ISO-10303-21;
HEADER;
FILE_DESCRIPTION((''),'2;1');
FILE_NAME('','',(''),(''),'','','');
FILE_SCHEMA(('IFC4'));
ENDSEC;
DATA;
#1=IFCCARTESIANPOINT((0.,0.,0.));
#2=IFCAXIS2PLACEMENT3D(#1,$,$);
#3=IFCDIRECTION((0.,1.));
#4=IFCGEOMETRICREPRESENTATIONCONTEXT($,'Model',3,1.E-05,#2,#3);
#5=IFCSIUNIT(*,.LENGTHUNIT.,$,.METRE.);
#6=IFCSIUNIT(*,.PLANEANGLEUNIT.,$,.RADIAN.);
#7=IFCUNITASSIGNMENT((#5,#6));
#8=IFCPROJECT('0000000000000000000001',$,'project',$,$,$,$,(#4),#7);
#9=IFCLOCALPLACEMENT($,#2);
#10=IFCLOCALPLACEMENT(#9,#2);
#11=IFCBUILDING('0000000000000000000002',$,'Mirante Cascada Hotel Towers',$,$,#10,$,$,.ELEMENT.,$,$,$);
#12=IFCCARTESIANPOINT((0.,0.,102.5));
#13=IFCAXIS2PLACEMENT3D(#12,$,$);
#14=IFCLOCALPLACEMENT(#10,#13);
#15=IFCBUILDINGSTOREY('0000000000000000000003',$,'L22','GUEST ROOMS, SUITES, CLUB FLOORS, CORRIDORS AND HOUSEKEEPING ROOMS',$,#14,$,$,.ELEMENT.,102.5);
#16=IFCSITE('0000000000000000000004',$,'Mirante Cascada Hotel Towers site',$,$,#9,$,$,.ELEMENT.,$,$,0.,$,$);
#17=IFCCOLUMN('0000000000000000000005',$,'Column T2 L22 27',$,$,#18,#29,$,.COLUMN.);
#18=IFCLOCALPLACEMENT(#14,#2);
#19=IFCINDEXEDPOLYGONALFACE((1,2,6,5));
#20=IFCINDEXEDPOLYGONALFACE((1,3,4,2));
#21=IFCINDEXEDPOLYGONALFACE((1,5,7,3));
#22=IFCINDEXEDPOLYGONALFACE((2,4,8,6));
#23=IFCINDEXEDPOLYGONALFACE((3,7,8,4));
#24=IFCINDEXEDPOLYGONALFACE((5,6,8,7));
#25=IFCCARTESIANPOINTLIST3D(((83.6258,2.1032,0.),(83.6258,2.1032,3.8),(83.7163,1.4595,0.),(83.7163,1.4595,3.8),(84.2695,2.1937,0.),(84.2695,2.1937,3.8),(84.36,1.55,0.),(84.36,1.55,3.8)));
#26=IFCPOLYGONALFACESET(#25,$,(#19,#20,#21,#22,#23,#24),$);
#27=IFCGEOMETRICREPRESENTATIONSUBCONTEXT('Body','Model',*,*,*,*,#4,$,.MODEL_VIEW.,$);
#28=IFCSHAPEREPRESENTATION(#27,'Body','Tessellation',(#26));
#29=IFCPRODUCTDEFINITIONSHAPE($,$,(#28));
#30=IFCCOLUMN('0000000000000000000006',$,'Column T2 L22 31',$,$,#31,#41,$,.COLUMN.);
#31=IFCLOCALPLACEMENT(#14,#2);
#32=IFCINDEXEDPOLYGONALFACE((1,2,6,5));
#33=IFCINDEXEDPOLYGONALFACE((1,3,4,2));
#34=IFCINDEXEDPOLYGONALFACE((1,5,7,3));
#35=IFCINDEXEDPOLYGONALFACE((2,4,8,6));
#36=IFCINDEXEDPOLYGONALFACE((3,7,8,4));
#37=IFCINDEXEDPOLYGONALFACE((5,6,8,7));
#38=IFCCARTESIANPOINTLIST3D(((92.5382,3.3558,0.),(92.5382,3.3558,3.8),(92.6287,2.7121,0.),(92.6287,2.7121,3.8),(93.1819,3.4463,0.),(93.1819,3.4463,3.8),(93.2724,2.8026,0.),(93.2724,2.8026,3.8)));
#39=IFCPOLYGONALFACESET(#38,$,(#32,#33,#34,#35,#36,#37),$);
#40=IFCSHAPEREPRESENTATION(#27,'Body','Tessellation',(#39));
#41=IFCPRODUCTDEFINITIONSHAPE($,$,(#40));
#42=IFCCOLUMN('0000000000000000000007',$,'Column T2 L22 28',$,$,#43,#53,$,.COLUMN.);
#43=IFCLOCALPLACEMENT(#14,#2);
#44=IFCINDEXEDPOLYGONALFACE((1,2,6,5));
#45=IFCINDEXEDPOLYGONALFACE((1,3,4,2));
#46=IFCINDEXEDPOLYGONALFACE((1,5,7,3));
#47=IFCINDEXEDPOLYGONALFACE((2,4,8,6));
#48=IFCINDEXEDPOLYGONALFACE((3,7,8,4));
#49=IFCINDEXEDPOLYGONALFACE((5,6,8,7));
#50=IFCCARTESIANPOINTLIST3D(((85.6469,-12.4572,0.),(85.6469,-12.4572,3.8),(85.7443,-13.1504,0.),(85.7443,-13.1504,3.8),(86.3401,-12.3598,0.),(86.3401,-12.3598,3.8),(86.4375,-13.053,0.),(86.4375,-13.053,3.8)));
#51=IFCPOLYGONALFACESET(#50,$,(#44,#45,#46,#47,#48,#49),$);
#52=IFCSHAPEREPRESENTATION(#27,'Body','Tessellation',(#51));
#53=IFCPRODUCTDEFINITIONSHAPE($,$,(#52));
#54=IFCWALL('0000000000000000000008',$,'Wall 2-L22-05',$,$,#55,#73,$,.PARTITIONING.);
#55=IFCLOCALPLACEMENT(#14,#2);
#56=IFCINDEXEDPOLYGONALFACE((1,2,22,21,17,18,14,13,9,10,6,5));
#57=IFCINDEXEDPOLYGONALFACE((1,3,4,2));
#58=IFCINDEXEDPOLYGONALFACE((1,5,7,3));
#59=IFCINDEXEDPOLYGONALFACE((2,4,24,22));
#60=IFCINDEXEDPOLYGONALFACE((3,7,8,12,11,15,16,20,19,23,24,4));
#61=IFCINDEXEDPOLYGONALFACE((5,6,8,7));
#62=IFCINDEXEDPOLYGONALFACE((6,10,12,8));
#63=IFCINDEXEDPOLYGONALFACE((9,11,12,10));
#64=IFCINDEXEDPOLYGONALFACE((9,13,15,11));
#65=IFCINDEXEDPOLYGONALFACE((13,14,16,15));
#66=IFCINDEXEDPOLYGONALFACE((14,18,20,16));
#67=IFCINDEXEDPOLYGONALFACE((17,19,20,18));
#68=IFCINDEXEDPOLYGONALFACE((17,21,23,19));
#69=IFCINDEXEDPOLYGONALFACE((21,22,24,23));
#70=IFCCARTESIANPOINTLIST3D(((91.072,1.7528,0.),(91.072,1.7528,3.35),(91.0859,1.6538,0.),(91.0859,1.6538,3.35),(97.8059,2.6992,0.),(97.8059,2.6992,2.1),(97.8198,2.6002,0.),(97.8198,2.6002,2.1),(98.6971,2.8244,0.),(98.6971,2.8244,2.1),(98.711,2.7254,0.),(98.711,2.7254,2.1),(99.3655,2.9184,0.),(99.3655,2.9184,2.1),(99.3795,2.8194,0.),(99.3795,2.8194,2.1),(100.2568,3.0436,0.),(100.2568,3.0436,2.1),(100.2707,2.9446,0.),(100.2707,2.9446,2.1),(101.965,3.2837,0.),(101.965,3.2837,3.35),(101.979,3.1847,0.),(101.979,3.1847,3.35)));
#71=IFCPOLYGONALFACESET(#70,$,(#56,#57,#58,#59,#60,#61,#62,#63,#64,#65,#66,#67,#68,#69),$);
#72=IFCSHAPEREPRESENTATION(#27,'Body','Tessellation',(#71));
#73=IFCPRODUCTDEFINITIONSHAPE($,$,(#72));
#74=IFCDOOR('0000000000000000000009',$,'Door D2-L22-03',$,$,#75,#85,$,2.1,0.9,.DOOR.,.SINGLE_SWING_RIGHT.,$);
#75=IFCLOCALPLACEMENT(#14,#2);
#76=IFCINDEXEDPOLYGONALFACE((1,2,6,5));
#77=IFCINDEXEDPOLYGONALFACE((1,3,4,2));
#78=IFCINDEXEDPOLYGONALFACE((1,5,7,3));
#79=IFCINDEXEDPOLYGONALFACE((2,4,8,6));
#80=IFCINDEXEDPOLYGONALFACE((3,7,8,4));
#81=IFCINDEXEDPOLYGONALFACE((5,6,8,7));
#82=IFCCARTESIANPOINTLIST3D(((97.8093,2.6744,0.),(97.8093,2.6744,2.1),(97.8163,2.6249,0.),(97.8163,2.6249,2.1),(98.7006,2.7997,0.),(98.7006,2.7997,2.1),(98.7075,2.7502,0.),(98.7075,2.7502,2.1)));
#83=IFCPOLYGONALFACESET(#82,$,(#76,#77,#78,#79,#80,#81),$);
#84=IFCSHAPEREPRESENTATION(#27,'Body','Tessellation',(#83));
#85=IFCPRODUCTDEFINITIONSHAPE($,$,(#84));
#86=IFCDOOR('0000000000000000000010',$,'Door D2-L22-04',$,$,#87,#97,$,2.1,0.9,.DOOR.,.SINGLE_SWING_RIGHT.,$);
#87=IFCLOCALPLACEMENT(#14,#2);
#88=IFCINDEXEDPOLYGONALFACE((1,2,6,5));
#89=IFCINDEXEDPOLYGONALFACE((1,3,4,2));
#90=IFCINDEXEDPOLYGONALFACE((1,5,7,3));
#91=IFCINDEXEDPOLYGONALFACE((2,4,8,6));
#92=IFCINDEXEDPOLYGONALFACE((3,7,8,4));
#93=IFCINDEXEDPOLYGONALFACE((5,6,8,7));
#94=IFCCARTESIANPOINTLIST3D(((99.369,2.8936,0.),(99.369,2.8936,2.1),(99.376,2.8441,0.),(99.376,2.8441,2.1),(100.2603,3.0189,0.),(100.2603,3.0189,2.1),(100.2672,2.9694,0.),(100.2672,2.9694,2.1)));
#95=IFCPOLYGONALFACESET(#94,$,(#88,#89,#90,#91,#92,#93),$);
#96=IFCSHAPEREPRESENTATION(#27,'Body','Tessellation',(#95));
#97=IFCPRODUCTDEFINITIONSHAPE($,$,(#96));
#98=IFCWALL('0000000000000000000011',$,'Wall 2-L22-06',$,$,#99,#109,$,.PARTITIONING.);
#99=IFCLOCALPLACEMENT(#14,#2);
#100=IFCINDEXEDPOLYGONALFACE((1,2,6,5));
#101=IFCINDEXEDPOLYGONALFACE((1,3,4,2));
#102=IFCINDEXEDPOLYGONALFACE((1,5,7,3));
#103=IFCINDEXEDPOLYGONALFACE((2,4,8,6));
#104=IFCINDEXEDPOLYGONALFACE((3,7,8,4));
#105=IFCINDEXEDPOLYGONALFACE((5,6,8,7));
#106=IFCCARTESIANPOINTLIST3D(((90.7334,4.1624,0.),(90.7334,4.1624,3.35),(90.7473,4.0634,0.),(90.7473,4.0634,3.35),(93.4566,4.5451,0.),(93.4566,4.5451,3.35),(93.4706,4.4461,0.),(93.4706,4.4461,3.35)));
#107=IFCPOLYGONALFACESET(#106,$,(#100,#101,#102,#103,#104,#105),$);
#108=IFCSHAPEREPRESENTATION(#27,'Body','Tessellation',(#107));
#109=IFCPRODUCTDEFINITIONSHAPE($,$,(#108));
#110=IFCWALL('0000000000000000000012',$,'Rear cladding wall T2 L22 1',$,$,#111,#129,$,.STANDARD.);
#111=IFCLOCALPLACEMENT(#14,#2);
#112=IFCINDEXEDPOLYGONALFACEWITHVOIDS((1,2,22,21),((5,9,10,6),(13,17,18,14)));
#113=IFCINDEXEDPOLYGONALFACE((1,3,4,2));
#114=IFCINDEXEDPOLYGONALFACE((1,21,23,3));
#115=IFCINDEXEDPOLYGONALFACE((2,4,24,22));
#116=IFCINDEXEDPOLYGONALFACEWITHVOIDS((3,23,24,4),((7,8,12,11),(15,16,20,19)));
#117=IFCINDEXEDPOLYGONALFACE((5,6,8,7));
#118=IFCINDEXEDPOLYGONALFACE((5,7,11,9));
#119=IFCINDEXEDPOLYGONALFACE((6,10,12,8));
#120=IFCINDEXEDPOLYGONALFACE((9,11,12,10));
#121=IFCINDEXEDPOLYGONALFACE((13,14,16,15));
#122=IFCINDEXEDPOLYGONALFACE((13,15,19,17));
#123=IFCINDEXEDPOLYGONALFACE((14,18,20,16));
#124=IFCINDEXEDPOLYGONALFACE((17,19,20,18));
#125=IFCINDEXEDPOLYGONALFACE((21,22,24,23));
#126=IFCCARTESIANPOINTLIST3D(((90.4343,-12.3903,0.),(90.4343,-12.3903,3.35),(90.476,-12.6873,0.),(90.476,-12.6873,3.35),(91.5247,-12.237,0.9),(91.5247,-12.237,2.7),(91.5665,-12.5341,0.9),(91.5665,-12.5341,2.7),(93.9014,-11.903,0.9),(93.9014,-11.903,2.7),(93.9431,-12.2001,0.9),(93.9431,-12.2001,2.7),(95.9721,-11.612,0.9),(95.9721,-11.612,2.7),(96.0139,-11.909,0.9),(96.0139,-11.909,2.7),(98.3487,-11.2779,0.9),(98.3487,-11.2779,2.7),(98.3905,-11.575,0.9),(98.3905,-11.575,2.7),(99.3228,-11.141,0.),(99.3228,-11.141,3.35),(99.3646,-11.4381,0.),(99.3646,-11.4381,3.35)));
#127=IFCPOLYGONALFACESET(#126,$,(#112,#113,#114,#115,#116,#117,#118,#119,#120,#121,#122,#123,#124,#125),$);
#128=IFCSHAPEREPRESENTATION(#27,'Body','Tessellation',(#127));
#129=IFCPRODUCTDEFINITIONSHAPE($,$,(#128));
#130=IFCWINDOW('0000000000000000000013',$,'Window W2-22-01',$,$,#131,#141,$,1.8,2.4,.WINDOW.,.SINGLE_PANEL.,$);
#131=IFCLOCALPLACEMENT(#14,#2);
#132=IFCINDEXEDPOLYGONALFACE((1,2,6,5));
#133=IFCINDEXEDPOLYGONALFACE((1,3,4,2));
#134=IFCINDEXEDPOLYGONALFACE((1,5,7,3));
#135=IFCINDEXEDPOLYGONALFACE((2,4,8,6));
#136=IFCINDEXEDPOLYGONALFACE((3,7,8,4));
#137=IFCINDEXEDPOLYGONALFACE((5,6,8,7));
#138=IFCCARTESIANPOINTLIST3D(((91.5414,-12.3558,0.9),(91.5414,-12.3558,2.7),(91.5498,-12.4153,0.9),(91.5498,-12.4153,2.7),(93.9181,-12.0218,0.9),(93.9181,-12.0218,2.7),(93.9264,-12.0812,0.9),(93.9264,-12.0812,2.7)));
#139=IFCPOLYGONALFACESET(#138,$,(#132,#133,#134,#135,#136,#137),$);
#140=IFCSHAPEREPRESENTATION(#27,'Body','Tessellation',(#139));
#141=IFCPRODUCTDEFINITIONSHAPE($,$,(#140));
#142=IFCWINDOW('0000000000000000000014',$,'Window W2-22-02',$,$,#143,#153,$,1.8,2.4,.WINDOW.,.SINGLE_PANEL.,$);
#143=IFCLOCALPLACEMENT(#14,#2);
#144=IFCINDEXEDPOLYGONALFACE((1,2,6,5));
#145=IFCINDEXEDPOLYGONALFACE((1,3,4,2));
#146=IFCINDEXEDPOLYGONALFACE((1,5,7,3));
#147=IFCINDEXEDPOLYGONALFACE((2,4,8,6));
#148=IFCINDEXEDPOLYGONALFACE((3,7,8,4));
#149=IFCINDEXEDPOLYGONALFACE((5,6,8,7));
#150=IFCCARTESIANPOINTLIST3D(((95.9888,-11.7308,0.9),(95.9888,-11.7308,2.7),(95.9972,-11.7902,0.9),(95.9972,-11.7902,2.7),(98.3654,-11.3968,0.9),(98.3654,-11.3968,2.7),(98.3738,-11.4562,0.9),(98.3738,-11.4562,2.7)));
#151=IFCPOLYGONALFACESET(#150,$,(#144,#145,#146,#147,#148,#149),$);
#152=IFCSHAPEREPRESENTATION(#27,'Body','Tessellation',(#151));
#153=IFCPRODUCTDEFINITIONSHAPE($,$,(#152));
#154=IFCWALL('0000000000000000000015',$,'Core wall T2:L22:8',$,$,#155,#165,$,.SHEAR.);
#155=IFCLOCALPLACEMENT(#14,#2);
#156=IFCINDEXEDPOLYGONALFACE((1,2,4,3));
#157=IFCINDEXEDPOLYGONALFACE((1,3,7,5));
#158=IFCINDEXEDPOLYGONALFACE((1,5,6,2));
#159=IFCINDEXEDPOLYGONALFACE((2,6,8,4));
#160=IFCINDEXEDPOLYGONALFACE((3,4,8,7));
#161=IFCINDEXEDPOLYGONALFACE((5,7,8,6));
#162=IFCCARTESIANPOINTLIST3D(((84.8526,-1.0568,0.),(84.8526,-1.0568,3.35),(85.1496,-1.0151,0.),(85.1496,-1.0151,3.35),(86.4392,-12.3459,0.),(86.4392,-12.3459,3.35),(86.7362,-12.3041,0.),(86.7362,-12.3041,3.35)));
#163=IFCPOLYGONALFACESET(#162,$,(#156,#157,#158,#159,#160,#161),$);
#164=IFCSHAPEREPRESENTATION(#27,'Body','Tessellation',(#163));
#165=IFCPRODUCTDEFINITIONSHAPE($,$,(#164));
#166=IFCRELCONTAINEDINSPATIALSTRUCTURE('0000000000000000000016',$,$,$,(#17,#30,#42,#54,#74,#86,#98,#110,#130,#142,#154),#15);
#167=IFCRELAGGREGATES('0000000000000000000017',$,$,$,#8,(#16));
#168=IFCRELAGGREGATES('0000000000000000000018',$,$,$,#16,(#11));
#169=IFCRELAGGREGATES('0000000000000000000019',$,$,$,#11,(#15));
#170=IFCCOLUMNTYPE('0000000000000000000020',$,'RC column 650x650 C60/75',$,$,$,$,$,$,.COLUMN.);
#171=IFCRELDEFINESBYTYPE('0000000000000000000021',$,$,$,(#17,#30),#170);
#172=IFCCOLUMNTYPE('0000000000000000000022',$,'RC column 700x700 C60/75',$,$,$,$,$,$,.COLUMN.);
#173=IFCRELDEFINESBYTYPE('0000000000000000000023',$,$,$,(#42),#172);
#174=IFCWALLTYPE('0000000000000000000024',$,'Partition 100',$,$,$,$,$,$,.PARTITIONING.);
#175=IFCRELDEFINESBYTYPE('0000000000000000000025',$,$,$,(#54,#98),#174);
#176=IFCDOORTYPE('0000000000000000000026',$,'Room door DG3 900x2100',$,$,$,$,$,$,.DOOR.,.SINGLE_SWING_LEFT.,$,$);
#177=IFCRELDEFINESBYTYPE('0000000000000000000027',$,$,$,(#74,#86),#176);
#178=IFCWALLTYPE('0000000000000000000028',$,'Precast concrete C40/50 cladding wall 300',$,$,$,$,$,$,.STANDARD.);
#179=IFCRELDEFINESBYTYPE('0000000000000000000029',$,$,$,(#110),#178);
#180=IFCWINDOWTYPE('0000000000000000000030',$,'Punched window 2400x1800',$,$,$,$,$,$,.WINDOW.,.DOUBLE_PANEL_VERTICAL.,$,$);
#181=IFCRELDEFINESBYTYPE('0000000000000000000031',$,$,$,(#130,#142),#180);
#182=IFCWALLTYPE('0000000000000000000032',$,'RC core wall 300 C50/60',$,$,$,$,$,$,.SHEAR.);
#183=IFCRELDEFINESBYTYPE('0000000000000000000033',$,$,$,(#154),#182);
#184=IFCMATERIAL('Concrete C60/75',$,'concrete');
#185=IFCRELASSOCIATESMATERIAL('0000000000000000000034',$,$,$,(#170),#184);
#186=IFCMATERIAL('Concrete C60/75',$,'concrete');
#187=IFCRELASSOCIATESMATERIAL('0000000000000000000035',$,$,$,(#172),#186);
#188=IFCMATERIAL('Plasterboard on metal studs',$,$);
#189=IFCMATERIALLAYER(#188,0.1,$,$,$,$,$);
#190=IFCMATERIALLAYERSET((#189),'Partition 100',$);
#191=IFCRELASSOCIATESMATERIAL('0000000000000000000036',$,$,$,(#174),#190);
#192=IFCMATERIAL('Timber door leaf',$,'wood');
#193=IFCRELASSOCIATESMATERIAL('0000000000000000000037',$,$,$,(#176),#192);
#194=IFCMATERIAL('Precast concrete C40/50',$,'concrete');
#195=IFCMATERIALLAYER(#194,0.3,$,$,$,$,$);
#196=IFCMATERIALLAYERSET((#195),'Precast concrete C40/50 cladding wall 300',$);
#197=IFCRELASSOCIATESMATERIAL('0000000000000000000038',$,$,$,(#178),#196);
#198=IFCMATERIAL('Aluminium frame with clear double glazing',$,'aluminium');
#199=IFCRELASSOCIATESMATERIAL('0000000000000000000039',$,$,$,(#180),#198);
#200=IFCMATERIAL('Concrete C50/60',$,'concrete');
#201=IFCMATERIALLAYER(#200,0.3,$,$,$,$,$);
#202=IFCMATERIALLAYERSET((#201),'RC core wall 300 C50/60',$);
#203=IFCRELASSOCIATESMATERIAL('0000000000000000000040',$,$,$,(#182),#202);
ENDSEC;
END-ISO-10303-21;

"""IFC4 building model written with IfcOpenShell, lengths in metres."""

from ifc_helpers import new_model, si_unit, direction, frame, frame_2d, origin, origin_2d, place, context, subcontext, project, spatial, rectangle, extrude, material, layer, layer_set, material_profile, profile_set, type_object, element, fill, save


model = new_model("IFC4")

# Units and contexts
model_context = context("Model", 3, precision=1e-05, world=origin(), true_north=direction((0.0, 1.0)))
body_context = subcontext(model_context, "Body", "Model", "MODEL_VIEW")
ifc_project = project(units=[si_unit("LENGTHUNIT", "METRE"), si_unit("PLANEANGLEUNIT", "RADIAN")], contexts=[model_context])

# Site, building, storey
site_placement = place(None, origin())
site = spatial("IfcSite", under=ifc_project, at=site_placement, Name="Mirante Cascada Hotel Towers site", CompositionType="ELEMENT", RefElevation=0.0)
building_placement = place(site_placement, origin())
building = spatial("IfcBuilding", under=site, at=building_placement, Name="Mirante Cascada Hotel Towers", CompositionType="ELEMENT")
storey_placement = place(building_placement, frame((0.0, 0.0, 102.5)))
storey = spatial("IfcBuildingStorey", under=building, at=storey_placement, Name="L22", Description="GUEST ROOMS, SUITES, CLUB FLOORS, CORRIDORS AND HOUSEKEEPING ROOMS", CompositionType="ELEMENT", Elevation=102.5)

# Columns
ifc_material_1 = material(Name="Concrete C60/75", Category="concrete")
ifc_material_profile_1 = material_profile(ifc_material_1, rectangle(XDim=0.65, YDim=0.65, at=origin_2d()), Name="RC column 650x650 C60/75")
ifc_profile_set_1 = profile_set([ifc_material_profile_1], Name="Concrete C60/75")
column_type_1 = type_object("IfcColumnType", Name="RC column 650x650 C60/75", PredefinedType="COLUMN", material=ifc_profile_set_1)
for number, where, z_axis, x_axis, name in (
    (1, (83.9929, 1.8266, 0.0), (0.0, 0.0, 1.0), (0.990268, 0.139173, 0.0), "Column T2 L22 27"),
    (2, (92.9053, 3.0792, 0.0), (0.0, 0.0, 1.0), (0.990268, 0.139173, 0.0), "Column T2 L22 31"),
):
    element("IfcColumn", number, at=place(storey_placement, frame(where, z_axis=z_axis, x_axis=x_axis)), inside=storey, type_object=column_type_1, Name=name, PredefinedType="COLUMN", context=body_context, shape_type="SweptSolid", body=[
        extrude(rectangle(XDim=0.65, YDim=0.65, at=origin_2d()), origin(), (0.0, 0.0, 1.0), 3.8),
    ])
ifc_material_2 = material(Name="Concrete C60/75", Category="concrete")
ifc_material_profile_2 = material_profile(ifc_material_2, rectangle(XDim=0.7, YDim=0.7, at=origin_2d()), Name="RC column 700x700 C60/75")
ifc_profile_set_2 = profile_set([ifc_material_profile_2], Name="Concrete C60/75")
column_type_2 = type_object("IfcColumnType", Name="RC column 700x700 C60/75", PredefinedType="COLUMN", material=ifc_profile_set_2)
column_placement = place(storey_placement, frame((86.0422, -12.7551, 0.0), z_axis=(0.0, 0.0, 1.0), x_axis=(0.990268, 0.139173, 0.0)))
element("IfcColumn", 3, at=column_placement, inside=storey, type_object=column_type_2, Name="Column T2 L22 28", PredefinedType="COLUMN", context=body_context, shape_type="SweptSolid", body=[
    extrude(rectangle(XDim=0.7, YDim=0.7, at=origin_2d()), origin(), (0.0, 0.0, 1.0), 3.8),
])

# Wall, openings, doors
ifc_material_3 = material(Name="Plasterboard on metal studs")
ifc_layer_1 = layer(ifc_material_3, 0.1)
ifc_layer_set_1 = layer_set([ifc_layer_1], Name="Partition 100")
wall_type_1 = type_object("IfcWallType", Name="Partition 100", PredefinedType="PARTITIONING", material=ifc_layer_set_1)
wall_1_placement = place(storey_placement, frame((91.079, 1.7033, 0.0), z_axis=(0.0, 0.0, 1.0), x_axis=(0.990268, 0.139172, 0.0)))
wall_1 = element("IfcWall", 4, at=wall_1_placement, inside=storey, type_object=wall_type_1, Name="Wall 2-L22-05", PredefinedType="PARTITIONING", context=body_context, shape_type="SweptSolid", body=[
    extrude(rectangle(XDim=11.0001, YDim=0.1, at=frame_2d((5.5, 0.0))), origin(), (0.0, 0.0, 1.0), 3.35),
])
opening_1_placement = place(wall_1_placement, frame((6.8, 0.0, 0.0)))
opening_1 = element("IfcOpeningElement", 5, at=opening_1_placement, cuts=wall_1, PredefinedType="OPENING", context=body_context, shape_type="SweptSolid", body=[
    extrude(rectangle(XDim=0.9, YDim=2.1, at=frame_2d((0.45, 1.05))), frame((0.0, 0.05, 0.0), z_axis=(0.0, -1.0, 0.0), x_axis=(1.0, 0.0, 0.0)), (0.0, 0.0, 1.0), 0.1),
])
opening_2_placement = place(wall_1_placement, frame((8.375, 0.0, 0.0)))
opening_2 = element("IfcOpeningElement", 6, at=opening_2_placement, cuts=wall_1, PredefinedType="OPENING", context=body_context, shape_type="SweptSolid", body=[
    extrude(rectangle(XDim=0.9, YDim=2.1, at=frame_2d((0.45, 1.05))), frame((0.0, 0.05, 0.0), z_axis=(0.0, -1.0, 0.0), x_axis=(1.0, 0.0, 0.0)), (0.0, 0.0, 1.0), 0.1),
])
ifc_material_4 = material(Name="Timber door leaf", Category="wood")
door_type_1 = type_object("IfcDoorType", Name="Room door DG3 900x2100", OperationType="SINGLE_SWING_LEFT", PredefinedType="DOOR", material=ifc_material_4)
door_1_placement = place(opening_1_placement, frame((0.9, 0.0, 0.0), z_axis=(0.0, 0.0, 1.0), x_axis=(-1.0, 0.0, 0.0)))
door_1 = element("IfcDoor", 7, at=door_1_placement, inside=storey, type_object=door_type_1, Name="Door D2-L22-03", OperationType="SINGLE_SWING_RIGHT", OverallHeight=2.1, OverallWidth=0.9, PredefinedType="DOOR", context=body_context, shape_type="SweptSolid", body=[
    extrude(rectangle(XDim=0.9, YDim=2.1, at=frame_2d((0.45, 1.05))), frame((0.0, 0.025, 0.0), z_axis=(0.0, -1.0, 0.0), x_axis=(1.0, 0.0, 0.0)), (0.0, 0.0, 1.0), 0.05),
])
fill(opening_1, door_1)
door_2_placement = place(opening_2_placement, frame((0.9, 0.0, 0.0), z_axis=(0.0, 0.0, 1.0), x_axis=(-1.0, 0.0, 0.0)))
door_2 = element("IfcDoor", 8, at=door_2_placement, inside=storey, type_object=door_type_1, Name="Door D2-L22-04", OperationType="SINGLE_SWING_RIGHT", OverallHeight=2.1, OverallWidth=0.9, PredefinedType="DOOR", context=body_context, shape_type="SweptSolid", body=[
    extrude(rectangle(XDim=0.9, YDim=2.1, at=frame_2d((0.45, 1.05))), frame((0.0, 0.025, 0.0), z_axis=(0.0, -1.0, 0.0), x_axis=(1.0, 0.0, 0.0)), (0.0, 0.0, 1.0), 0.05),
])
fill(opening_2, door_2)

# Wall
wall_2_placement = place(storey_placement, frame((93.4636, 4.4956, 0.0), z_axis=(0.0, 0.0, 1.0), x_axis=(-0.990269, -0.139166, 0.0)))
element("IfcWall", 9, at=wall_2_placement, inside=storey, type_object=wall_type_1, Name="Wall 2-L22-06", PredefinedType="PARTITIONING", context=body_context, shape_type="SweptSolid", body=[
    extrude(rectangle(XDim=2.75, YDim=0.1, at=frame_2d((1.375, 0.0))), origin(), (0.0, 0.0, 1.0), 3.35),
])

# Wall, openings, windows
ifc_material_5 = material(Name="Precast concrete C40/50", Category="concrete")
ifc_layer_2 = layer(ifc_material_5, 0.3)
ifc_layer_set_2 = layer_set([ifc_layer_2], Name="Precast concrete C40/50 cladding wall 300")
wall_type_2 = type_object("IfcWallType", Name="Precast concrete C40/50 cladding wall 300", PredefinedType="STANDARD", material=ifc_layer_set_2)
wall_3_placement = place(storey_placement, frame((90.4551, -12.5388, 0.0), z_axis=(0.0, 0.0, 1.0), x_axis=(0.990268, 0.139173, 0.0)))
wall_3 = element("IfcWall", 10, at=wall_3_placement, inside=storey, type_object=wall_type_2, Name="Rear cladding wall T2 L22 1", PredefinedType="STANDARD", context=body_context, shape_type="SweptSolid", body=[
    extrude(rectangle(XDim=8.9759, YDim=0.3, at=frame_2d((4.488, 0.0))), origin(), (0.0, 0.0, 1.0), 3.35),
])
opening_3_placement = place(wall_3_placement, frame((1.1012, 0.0, 0.9)))
opening_3 = element("IfcOpeningElement", 11, at=opening_3_placement, cuts=wall_3, PredefinedType="OPENING", context=body_context, shape_type="SweptSolid", body=[
    extrude(rectangle(XDim=2.4, YDim=1.8, at=frame_2d((1.2, 0.9))), frame((0.0, 0.15, 0.0), z_axis=(0.0, -1.0, 0.0), x_axis=(1.0, 0.0, 0.0)), (0.0, 0.0, 1.0), 0.3),
])
opening_4_placement = place(wall_3_placement, frame((5.5923, 0.0, 0.9)))
opening_4 = element("IfcOpeningElement", 12, at=opening_4_placement, cuts=wall_3, PredefinedType="OPENING", context=body_context, shape_type="SweptSolid", body=[
    extrude(rectangle(XDim=2.4, YDim=1.8, at=frame_2d((1.2, 0.9))), frame((0.0, 0.15, 0.0), z_axis=(0.0, -1.0, 0.0), x_axis=(1.0, 0.0, 0.0)), (0.0, 0.0, 1.0), 0.3),
])
ifc_material_6 = material(Name="Aluminium frame with clear double glazing", Category="aluminium")
window_type = type_object("IfcWindowType", Name="Punched window 2400x1800", PartitioningType="DOUBLE_PANEL_VERTICAL", PredefinedType="WINDOW", material=ifc_material_6)
window_1_placement = place(opening_3_placement, origin())
window_1 = element("IfcWindow", 13, at=window_1_placement, inside=storey, type_object=window_type, Name="Window W2-22-01", OverallHeight=1.8, OverallWidth=2.4, PartitioningType="SINGLE_PANEL", PredefinedType="WINDOW", context=body_context, shape_type="SweptSolid", body=[
    extrude(rectangle(XDim=2.4, YDim=1.8, at=frame_2d((1.2, 0.9))), frame((0.0, 0.03, 0.0), z_axis=(0.0, -1.0, 0.0), x_axis=(1.0, 0.0, 0.0)), (0.0, 0.0, 1.0), 0.06),
])
fill(opening_3, window_1)
window_2_placement = place(opening_4_placement, origin())
window_2 = element("IfcWindow", 14, at=window_2_placement, inside=storey, type_object=window_type, Name="Window W2-22-02", OverallHeight=1.8, OverallWidth=2.4, PartitioningType="SINGLE_PANEL", PredefinedType="WINDOW", context=body_context, shape_type="SweptSolid", body=[
    extrude(rectangle(XDim=2.4, YDim=1.8, at=frame_2d((1.2, 0.9))), frame((0.0, 0.03, 0.0), z_axis=(0.0, -1.0, 0.0), x_axis=(1.0, 0.0, 0.0)), (0.0, 0.0, 1.0), 0.06),
])
fill(opening_4, window_2)

# Wall
ifc_material_7 = material(Name="Concrete C50/60", Category="concrete")
ifc_layer_3 = layer(ifc_material_7, 0.3)
ifc_layer_set_3 = layer_set([ifc_layer_3], Name="RC core wall 300 C50/60")
wall_type_3 = type_object("IfcWallType", Name="RC core wall 300 C50/60", PredefinedType="SHEAR", material=ifc_layer_set_3)
wall_4_placement = place(storey_placement, frame((86.5877, -12.325, 0.0), z_axis=(0.0, 0.0, 1.0), x_axis=(-0.139175, 0.990268, 0.0)))
element("IfcWall", 15, at=wall_4_placement, inside=storey, type_object=wall_type_3, Name="Core wall T2:L22:8", PredefinedType="SHEAR", context=body_context, shape_type="SweptSolid", body=[
    extrude(rectangle(XDim=11.4, YDim=0.3, at=frame_2d((5.7, 0.0))), origin(), (0.0, 0.0, 1.0), 3.35),
])

save(model, "model.ifc")
